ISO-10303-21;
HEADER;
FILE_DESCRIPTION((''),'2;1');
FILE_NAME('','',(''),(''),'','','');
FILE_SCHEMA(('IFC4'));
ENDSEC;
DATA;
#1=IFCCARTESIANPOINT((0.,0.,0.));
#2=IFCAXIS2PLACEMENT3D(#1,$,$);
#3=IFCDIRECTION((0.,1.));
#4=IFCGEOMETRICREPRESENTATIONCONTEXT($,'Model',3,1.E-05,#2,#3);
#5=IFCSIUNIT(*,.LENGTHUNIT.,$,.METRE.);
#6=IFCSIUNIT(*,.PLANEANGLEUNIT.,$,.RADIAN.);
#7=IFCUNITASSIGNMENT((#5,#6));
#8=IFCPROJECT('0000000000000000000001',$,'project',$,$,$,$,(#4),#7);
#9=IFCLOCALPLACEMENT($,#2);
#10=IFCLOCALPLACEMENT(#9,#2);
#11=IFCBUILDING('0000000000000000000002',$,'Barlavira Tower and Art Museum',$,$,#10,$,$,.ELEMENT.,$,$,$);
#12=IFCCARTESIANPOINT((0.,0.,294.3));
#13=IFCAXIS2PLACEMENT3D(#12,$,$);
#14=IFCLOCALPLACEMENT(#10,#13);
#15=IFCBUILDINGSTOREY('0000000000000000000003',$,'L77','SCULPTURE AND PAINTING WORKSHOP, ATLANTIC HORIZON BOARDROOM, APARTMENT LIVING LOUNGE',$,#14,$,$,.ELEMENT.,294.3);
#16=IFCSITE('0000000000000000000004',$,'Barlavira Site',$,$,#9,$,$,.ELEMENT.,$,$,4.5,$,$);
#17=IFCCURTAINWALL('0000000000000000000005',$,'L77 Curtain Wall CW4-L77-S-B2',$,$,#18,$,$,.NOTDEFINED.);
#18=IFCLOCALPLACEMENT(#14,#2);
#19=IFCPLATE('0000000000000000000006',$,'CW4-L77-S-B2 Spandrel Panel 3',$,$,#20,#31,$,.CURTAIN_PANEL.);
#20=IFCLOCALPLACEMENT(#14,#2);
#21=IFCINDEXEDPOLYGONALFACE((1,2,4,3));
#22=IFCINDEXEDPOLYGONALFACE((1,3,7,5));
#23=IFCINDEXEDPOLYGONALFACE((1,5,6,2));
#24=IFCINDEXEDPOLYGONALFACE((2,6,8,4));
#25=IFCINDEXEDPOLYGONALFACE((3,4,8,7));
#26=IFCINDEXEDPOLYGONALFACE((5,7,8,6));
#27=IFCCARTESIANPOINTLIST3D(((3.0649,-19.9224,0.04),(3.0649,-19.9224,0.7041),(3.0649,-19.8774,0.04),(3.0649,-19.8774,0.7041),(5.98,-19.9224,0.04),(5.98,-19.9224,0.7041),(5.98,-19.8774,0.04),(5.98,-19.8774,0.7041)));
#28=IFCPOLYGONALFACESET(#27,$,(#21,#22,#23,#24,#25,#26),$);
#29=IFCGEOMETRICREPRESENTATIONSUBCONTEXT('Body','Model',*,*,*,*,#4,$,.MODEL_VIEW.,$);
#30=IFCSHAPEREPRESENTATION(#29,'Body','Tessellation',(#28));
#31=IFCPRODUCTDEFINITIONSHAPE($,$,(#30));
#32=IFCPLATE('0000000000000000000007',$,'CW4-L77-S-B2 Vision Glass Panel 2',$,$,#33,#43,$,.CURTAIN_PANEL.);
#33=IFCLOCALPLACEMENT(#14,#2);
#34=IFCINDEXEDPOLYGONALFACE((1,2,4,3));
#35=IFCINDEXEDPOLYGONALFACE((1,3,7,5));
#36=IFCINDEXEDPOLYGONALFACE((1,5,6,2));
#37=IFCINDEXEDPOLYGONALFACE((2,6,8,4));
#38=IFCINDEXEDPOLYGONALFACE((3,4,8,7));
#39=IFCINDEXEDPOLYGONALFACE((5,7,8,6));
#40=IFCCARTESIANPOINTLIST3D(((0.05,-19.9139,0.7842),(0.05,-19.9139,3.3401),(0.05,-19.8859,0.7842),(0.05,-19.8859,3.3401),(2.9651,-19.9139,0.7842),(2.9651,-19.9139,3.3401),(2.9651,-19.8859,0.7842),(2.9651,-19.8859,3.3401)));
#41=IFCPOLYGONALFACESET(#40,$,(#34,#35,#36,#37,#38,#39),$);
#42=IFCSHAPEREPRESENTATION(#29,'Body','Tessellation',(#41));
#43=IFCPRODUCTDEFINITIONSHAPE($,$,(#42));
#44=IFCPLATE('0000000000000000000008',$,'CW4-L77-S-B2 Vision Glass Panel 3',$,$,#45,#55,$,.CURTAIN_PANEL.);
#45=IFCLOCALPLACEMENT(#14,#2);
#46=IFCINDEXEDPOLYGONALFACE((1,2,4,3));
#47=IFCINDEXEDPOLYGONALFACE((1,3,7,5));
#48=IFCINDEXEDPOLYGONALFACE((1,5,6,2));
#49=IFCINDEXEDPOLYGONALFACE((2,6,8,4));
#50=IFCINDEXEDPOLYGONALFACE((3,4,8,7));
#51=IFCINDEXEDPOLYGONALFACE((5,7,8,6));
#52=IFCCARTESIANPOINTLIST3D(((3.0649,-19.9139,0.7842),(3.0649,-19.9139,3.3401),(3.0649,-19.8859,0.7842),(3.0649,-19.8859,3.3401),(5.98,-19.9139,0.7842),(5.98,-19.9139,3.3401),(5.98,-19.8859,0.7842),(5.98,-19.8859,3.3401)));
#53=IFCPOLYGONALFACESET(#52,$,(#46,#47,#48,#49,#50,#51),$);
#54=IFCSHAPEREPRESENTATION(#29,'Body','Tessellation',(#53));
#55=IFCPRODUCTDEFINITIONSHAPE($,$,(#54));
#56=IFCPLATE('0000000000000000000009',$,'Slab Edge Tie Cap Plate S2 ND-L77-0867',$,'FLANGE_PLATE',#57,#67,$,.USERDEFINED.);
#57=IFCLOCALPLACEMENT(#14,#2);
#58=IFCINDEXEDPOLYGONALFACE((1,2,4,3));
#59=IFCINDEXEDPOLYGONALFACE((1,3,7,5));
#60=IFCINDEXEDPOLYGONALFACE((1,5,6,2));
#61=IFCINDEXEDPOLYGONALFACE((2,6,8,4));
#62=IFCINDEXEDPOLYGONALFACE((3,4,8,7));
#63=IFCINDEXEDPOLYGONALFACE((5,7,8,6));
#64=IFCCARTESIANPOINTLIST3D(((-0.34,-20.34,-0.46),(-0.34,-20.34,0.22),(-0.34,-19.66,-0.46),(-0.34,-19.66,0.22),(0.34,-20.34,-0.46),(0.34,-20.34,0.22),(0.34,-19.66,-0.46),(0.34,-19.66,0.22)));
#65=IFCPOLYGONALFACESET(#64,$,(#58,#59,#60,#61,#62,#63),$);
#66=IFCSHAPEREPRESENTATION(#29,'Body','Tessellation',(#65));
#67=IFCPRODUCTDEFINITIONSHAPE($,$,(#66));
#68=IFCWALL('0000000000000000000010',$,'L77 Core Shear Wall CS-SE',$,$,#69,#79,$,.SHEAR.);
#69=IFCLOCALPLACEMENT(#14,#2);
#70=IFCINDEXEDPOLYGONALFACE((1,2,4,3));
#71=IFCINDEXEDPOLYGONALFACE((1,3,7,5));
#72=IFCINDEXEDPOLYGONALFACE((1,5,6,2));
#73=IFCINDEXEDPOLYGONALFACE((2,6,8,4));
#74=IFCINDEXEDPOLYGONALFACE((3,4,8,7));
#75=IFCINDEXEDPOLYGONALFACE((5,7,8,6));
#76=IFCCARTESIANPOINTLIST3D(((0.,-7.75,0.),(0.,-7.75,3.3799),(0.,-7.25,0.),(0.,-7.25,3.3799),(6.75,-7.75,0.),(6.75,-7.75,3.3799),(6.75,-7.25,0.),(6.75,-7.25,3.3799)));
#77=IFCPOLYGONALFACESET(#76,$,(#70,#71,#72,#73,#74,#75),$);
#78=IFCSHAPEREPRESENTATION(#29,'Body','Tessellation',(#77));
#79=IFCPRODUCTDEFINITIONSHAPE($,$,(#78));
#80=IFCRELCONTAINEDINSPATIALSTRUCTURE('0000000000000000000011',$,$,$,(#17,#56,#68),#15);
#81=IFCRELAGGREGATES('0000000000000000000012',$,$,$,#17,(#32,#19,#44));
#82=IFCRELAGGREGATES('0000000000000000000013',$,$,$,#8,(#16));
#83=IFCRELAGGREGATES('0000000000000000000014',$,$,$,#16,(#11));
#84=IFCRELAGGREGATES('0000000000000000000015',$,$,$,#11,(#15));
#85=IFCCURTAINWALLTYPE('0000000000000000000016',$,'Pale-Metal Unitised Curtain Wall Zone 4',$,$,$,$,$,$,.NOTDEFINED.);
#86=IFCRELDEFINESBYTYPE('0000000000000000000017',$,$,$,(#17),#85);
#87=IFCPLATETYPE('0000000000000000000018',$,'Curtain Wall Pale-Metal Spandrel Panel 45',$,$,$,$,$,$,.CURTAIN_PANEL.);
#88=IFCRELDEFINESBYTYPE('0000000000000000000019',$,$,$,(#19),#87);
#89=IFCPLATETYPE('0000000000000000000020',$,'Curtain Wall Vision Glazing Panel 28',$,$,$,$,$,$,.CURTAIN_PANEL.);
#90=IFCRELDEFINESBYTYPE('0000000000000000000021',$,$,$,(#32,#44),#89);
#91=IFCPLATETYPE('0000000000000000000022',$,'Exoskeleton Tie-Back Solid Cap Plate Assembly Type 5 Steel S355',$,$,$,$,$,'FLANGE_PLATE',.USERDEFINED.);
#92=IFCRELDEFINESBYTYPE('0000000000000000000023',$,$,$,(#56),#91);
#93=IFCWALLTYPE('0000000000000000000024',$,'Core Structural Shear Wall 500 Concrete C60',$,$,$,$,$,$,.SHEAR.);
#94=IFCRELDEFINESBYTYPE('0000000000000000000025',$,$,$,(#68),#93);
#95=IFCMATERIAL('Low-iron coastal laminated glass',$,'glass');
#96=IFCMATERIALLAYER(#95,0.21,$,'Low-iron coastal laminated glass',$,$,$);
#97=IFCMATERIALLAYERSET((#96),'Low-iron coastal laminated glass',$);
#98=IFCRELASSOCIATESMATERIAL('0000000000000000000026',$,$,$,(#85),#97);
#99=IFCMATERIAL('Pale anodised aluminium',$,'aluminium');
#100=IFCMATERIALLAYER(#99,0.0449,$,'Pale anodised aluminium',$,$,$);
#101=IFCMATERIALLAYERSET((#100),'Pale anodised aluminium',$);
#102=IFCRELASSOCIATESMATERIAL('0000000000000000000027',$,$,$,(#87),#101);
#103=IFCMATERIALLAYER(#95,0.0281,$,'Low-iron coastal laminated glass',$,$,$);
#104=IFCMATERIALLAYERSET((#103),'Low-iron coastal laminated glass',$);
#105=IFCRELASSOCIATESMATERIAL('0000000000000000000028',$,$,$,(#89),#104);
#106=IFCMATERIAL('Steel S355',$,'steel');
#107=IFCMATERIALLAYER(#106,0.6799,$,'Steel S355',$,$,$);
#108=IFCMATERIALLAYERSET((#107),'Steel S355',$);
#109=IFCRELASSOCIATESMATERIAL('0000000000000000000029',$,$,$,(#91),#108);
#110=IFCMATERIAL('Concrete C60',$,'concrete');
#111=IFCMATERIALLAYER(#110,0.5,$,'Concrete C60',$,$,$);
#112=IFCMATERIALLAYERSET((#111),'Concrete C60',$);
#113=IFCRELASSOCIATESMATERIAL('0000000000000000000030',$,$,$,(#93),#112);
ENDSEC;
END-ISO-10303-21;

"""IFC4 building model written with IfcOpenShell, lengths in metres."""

from ifc_helpers import new_model, si_unit, direction, frame, frame_2d, origin, origin_2d, place, context, subcontext, project, spatial, rectangle, extrude, material, layer, layer_set, type_object, element, aggregate, save


model = new_model("IFC4")

# Units and contexts
model_context = context("Model", 3, precision=1e-05, world=origin(), true_north=direction((0.0, 1.0)))
body_context = subcontext(model_context, "Body", "Model", "MODEL_VIEW")
ifc_project = project(units=[si_unit("LENGTHUNIT", "METRE"), si_unit("PLANEANGLEUNIT", "RADIAN")], contexts=[model_context])

# Site, building, storey
site_placement = place(None, origin())
site = spatial("IfcSite", under=ifc_project, at=site_placement, Name="Barlavira Site", CompositionType="ELEMENT", RefElevation=4.5)
building_placement = place(site_placement, origin())
building = spatial("IfcBuilding", under=site, at=building_placement, Name="Barlavira Tower and Art Museum", CompositionType="ELEMENT")
storey_placement = place(building_placement, frame((0.0, 0.0, 294.3)))
storey = spatial("IfcBuildingStorey", under=building, at=storey_placement, Name="L77", Description="SCULPTURE AND PAINTING WORKSHOP, ATLANTIC HORIZON BOARDROOM, APARTMENT LIVING LOUNGE", CompositionType="ELEMENT", Elevation=294.3)

# Curtain wall
ifc_material_1 = material(Name="Low-iron coastal laminated glass", Category="glass")
ifc_layer_1 = layer(ifc_material_1, 0.21, Name="Low-iron coastal laminated glass")
ifc_layer_set_1 = layer_set([ifc_layer_1], Name="Low-iron coastal laminated glass")
curtain_wall_type = type_object("IfcCurtainWallType", Name="Pale-Metal Unitised Curtain Wall Zone 4", PredefinedType="NOTDEFINED", material=ifc_layer_set_1)
curtain_wall_placement = place(storey_placement, origin())
curtain_wall = element("IfcCurtainWall", 1, at=curtain_wall_placement, inside=storey, type_object=curtain_wall_type, Name="L77 Curtain Wall CW4-L77-S-B2", PredefinedType="NOTDEFINED")
ifc_material_2 = material(Name="Pale anodised aluminium", Category="aluminium")

# Shared definitions
ifc_material_3 = material(Name="Steel S355", Category="steel")

# Plates
ifc_layer_2 = layer(ifc_material_2, 0.0449, Name="Pale anodised aluminium")
ifc_layer_set_2 = layer_set([ifc_layer_2], Name="Pale anodised aluminium")
plate_type_1 = type_object("IfcPlateType", Name="Curtain Wall Pale-Metal Spandrel Panel 45", PredefinedType="CURTAIN_PANEL", material=ifc_layer_set_2)
plate_1_placement = place(storey_placement, frame((4.5225, -19.8999, 0.04), z_axis=(0.0, 0.0, 1.0), x_axis=(1.0, 0.0, 0.0)))
plate_1 = element("IfcPlate", 2, at=plate_1_placement, type_object=plate_type_1, Name="CW4-L77-S-B2 Spandrel Panel 3", PredefinedType="CURTAIN_PANEL", context=body_context, shape_type="SweptSolid", body=[
    extrude(rectangle(XDim=2.915, YDim=0.0449, at=origin_2d()), origin(), (0.0, 0.0, 1.0), 0.6641),
])
ifc_layer_3 = layer(ifc_material_1, 0.0281, Name="Low-iron coastal laminated glass")
ifc_layer_set_3 = layer_set([ifc_layer_3], Name="Low-iron coastal laminated glass")
plate_type_2 = type_object("IfcPlateType", Name="Curtain Wall Vision Glazing Panel 28", PredefinedType="CURTAIN_PANEL", material=ifc_layer_set_3)
plate_2_placement = place(storey_placement, frame((1.5076, -19.8999, 0.7842), z_axis=(0.0, 0.0, 1.0), x_axis=(1.0, 0.0, 0.0)))
plate_2 = element("IfcPlate", 3, at=plate_2_placement, type_object=plate_type_2, Name="CW4-L77-S-B2 Vision Glass Panel 2", PredefinedType="CURTAIN_PANEL", context=body_context, shape_type="SweptSolid", body=[
    extrude(rectangle(XDim=2.915, YDim=0.0281, at=origin_2d()), origin(), (0.0, 0.0, 1.0), 2.5559),
])
plate_3_placement = place(storey_placement, frame((4.5225, -19.8999, 0.7842), z_axis=(0.0, 0.0, 1.0), x_axis=(1.0, 0.0, 0.0)))
plate_3 = element("IfcPlate", 4, at=plate_3_placement, type_object=plate_type_2, Name="CW4-L77-S-B2 Vision Glass Panel 3", PredefinedType="CURTAIN_PANEL", context=body_context, shape_type="SweptSolid", body=[
    extrude(rectangle(XDim=2.915, YDim=0.0281, at=origin_2d()), origin(), (0.0, 0.0, 1.0), 2.5559),
])
aggregate(curtain_wall, [plate_2, plate_1, plate_3])
ifc_layer_4 = layer(ifc_material_3, 0.6799, Name="Steel S355")
ifc_layer_set_4 = layer_set([ifc_layer_4], Name="Steel S355")
plate_type_3 = type_object("IfcPlateType", Name="Exoskeleton Tie-Back Solid Cap Plate Assembly Type 5 Steel S355", ElementType="FLANGE_PLATE", PredefinedType="USERDEFINED", material=ifc_layer_set_4)
plate_4_placement = place(storey_placement, frame((0.0, -20.0, -0.46), z_axis=(0.0, 0.0, 1.0), x_axis=(1.0, 0.0, 0.0)))
element("IfcPlate", 5, at=plate_4_placement, inside=storey, type_object=plate_type_3, Name="Slab Edge Tie Cap Plate S2 ND-L77-0867", ObjectType="FLANGE_PLATE", PredefinedType="USERDEFINED", context=body_context, shape_type="SweptSolid", body=[
    extrude(rectangle(XDim=0.6799, YDim=0.6799, at=origin_2d()), origin(), (0.0, 0.0, 1.0), 0.6799),
])

# Wall
ifc_material_4 = material(Name="Concrete C60", Category="concrete")
ifc_layer_5 = layer(ifc_material_4, 0.5, Name="Concrete C60")
ifc_layer_set_5 = layer_set([ifc_layer_5], Name="Concrete C60")
wall_type = type_object("IfcWallType", Name="Core Structural Shear Wall 500 Concrete C60", PredefinedType="SHEAR", material=ifc_layer_set_5)
wall_placement = place(storey_placement, frame((0.0, -7.5, 0.0), z_axis=(0.0, 0.0, 1.0), x_axis=(1.0, 0.0, 0.0)))
element("IfcWall", 6, at=wall_placement, inside=storey, type_object=wall_type, Name="L77 Core Shear Wall CS-SE", PredefinedType="SHEAR", context=body_context, shape_type="SweptSolid", body=[
    extrude(rectangle(XDim=6.75, YDim=0.5, at=frame_2d((3.375, 0.0))), origin(), (0.0, 0.0, 1.0), 3.3799),
])

save(model, "model.ifc")
